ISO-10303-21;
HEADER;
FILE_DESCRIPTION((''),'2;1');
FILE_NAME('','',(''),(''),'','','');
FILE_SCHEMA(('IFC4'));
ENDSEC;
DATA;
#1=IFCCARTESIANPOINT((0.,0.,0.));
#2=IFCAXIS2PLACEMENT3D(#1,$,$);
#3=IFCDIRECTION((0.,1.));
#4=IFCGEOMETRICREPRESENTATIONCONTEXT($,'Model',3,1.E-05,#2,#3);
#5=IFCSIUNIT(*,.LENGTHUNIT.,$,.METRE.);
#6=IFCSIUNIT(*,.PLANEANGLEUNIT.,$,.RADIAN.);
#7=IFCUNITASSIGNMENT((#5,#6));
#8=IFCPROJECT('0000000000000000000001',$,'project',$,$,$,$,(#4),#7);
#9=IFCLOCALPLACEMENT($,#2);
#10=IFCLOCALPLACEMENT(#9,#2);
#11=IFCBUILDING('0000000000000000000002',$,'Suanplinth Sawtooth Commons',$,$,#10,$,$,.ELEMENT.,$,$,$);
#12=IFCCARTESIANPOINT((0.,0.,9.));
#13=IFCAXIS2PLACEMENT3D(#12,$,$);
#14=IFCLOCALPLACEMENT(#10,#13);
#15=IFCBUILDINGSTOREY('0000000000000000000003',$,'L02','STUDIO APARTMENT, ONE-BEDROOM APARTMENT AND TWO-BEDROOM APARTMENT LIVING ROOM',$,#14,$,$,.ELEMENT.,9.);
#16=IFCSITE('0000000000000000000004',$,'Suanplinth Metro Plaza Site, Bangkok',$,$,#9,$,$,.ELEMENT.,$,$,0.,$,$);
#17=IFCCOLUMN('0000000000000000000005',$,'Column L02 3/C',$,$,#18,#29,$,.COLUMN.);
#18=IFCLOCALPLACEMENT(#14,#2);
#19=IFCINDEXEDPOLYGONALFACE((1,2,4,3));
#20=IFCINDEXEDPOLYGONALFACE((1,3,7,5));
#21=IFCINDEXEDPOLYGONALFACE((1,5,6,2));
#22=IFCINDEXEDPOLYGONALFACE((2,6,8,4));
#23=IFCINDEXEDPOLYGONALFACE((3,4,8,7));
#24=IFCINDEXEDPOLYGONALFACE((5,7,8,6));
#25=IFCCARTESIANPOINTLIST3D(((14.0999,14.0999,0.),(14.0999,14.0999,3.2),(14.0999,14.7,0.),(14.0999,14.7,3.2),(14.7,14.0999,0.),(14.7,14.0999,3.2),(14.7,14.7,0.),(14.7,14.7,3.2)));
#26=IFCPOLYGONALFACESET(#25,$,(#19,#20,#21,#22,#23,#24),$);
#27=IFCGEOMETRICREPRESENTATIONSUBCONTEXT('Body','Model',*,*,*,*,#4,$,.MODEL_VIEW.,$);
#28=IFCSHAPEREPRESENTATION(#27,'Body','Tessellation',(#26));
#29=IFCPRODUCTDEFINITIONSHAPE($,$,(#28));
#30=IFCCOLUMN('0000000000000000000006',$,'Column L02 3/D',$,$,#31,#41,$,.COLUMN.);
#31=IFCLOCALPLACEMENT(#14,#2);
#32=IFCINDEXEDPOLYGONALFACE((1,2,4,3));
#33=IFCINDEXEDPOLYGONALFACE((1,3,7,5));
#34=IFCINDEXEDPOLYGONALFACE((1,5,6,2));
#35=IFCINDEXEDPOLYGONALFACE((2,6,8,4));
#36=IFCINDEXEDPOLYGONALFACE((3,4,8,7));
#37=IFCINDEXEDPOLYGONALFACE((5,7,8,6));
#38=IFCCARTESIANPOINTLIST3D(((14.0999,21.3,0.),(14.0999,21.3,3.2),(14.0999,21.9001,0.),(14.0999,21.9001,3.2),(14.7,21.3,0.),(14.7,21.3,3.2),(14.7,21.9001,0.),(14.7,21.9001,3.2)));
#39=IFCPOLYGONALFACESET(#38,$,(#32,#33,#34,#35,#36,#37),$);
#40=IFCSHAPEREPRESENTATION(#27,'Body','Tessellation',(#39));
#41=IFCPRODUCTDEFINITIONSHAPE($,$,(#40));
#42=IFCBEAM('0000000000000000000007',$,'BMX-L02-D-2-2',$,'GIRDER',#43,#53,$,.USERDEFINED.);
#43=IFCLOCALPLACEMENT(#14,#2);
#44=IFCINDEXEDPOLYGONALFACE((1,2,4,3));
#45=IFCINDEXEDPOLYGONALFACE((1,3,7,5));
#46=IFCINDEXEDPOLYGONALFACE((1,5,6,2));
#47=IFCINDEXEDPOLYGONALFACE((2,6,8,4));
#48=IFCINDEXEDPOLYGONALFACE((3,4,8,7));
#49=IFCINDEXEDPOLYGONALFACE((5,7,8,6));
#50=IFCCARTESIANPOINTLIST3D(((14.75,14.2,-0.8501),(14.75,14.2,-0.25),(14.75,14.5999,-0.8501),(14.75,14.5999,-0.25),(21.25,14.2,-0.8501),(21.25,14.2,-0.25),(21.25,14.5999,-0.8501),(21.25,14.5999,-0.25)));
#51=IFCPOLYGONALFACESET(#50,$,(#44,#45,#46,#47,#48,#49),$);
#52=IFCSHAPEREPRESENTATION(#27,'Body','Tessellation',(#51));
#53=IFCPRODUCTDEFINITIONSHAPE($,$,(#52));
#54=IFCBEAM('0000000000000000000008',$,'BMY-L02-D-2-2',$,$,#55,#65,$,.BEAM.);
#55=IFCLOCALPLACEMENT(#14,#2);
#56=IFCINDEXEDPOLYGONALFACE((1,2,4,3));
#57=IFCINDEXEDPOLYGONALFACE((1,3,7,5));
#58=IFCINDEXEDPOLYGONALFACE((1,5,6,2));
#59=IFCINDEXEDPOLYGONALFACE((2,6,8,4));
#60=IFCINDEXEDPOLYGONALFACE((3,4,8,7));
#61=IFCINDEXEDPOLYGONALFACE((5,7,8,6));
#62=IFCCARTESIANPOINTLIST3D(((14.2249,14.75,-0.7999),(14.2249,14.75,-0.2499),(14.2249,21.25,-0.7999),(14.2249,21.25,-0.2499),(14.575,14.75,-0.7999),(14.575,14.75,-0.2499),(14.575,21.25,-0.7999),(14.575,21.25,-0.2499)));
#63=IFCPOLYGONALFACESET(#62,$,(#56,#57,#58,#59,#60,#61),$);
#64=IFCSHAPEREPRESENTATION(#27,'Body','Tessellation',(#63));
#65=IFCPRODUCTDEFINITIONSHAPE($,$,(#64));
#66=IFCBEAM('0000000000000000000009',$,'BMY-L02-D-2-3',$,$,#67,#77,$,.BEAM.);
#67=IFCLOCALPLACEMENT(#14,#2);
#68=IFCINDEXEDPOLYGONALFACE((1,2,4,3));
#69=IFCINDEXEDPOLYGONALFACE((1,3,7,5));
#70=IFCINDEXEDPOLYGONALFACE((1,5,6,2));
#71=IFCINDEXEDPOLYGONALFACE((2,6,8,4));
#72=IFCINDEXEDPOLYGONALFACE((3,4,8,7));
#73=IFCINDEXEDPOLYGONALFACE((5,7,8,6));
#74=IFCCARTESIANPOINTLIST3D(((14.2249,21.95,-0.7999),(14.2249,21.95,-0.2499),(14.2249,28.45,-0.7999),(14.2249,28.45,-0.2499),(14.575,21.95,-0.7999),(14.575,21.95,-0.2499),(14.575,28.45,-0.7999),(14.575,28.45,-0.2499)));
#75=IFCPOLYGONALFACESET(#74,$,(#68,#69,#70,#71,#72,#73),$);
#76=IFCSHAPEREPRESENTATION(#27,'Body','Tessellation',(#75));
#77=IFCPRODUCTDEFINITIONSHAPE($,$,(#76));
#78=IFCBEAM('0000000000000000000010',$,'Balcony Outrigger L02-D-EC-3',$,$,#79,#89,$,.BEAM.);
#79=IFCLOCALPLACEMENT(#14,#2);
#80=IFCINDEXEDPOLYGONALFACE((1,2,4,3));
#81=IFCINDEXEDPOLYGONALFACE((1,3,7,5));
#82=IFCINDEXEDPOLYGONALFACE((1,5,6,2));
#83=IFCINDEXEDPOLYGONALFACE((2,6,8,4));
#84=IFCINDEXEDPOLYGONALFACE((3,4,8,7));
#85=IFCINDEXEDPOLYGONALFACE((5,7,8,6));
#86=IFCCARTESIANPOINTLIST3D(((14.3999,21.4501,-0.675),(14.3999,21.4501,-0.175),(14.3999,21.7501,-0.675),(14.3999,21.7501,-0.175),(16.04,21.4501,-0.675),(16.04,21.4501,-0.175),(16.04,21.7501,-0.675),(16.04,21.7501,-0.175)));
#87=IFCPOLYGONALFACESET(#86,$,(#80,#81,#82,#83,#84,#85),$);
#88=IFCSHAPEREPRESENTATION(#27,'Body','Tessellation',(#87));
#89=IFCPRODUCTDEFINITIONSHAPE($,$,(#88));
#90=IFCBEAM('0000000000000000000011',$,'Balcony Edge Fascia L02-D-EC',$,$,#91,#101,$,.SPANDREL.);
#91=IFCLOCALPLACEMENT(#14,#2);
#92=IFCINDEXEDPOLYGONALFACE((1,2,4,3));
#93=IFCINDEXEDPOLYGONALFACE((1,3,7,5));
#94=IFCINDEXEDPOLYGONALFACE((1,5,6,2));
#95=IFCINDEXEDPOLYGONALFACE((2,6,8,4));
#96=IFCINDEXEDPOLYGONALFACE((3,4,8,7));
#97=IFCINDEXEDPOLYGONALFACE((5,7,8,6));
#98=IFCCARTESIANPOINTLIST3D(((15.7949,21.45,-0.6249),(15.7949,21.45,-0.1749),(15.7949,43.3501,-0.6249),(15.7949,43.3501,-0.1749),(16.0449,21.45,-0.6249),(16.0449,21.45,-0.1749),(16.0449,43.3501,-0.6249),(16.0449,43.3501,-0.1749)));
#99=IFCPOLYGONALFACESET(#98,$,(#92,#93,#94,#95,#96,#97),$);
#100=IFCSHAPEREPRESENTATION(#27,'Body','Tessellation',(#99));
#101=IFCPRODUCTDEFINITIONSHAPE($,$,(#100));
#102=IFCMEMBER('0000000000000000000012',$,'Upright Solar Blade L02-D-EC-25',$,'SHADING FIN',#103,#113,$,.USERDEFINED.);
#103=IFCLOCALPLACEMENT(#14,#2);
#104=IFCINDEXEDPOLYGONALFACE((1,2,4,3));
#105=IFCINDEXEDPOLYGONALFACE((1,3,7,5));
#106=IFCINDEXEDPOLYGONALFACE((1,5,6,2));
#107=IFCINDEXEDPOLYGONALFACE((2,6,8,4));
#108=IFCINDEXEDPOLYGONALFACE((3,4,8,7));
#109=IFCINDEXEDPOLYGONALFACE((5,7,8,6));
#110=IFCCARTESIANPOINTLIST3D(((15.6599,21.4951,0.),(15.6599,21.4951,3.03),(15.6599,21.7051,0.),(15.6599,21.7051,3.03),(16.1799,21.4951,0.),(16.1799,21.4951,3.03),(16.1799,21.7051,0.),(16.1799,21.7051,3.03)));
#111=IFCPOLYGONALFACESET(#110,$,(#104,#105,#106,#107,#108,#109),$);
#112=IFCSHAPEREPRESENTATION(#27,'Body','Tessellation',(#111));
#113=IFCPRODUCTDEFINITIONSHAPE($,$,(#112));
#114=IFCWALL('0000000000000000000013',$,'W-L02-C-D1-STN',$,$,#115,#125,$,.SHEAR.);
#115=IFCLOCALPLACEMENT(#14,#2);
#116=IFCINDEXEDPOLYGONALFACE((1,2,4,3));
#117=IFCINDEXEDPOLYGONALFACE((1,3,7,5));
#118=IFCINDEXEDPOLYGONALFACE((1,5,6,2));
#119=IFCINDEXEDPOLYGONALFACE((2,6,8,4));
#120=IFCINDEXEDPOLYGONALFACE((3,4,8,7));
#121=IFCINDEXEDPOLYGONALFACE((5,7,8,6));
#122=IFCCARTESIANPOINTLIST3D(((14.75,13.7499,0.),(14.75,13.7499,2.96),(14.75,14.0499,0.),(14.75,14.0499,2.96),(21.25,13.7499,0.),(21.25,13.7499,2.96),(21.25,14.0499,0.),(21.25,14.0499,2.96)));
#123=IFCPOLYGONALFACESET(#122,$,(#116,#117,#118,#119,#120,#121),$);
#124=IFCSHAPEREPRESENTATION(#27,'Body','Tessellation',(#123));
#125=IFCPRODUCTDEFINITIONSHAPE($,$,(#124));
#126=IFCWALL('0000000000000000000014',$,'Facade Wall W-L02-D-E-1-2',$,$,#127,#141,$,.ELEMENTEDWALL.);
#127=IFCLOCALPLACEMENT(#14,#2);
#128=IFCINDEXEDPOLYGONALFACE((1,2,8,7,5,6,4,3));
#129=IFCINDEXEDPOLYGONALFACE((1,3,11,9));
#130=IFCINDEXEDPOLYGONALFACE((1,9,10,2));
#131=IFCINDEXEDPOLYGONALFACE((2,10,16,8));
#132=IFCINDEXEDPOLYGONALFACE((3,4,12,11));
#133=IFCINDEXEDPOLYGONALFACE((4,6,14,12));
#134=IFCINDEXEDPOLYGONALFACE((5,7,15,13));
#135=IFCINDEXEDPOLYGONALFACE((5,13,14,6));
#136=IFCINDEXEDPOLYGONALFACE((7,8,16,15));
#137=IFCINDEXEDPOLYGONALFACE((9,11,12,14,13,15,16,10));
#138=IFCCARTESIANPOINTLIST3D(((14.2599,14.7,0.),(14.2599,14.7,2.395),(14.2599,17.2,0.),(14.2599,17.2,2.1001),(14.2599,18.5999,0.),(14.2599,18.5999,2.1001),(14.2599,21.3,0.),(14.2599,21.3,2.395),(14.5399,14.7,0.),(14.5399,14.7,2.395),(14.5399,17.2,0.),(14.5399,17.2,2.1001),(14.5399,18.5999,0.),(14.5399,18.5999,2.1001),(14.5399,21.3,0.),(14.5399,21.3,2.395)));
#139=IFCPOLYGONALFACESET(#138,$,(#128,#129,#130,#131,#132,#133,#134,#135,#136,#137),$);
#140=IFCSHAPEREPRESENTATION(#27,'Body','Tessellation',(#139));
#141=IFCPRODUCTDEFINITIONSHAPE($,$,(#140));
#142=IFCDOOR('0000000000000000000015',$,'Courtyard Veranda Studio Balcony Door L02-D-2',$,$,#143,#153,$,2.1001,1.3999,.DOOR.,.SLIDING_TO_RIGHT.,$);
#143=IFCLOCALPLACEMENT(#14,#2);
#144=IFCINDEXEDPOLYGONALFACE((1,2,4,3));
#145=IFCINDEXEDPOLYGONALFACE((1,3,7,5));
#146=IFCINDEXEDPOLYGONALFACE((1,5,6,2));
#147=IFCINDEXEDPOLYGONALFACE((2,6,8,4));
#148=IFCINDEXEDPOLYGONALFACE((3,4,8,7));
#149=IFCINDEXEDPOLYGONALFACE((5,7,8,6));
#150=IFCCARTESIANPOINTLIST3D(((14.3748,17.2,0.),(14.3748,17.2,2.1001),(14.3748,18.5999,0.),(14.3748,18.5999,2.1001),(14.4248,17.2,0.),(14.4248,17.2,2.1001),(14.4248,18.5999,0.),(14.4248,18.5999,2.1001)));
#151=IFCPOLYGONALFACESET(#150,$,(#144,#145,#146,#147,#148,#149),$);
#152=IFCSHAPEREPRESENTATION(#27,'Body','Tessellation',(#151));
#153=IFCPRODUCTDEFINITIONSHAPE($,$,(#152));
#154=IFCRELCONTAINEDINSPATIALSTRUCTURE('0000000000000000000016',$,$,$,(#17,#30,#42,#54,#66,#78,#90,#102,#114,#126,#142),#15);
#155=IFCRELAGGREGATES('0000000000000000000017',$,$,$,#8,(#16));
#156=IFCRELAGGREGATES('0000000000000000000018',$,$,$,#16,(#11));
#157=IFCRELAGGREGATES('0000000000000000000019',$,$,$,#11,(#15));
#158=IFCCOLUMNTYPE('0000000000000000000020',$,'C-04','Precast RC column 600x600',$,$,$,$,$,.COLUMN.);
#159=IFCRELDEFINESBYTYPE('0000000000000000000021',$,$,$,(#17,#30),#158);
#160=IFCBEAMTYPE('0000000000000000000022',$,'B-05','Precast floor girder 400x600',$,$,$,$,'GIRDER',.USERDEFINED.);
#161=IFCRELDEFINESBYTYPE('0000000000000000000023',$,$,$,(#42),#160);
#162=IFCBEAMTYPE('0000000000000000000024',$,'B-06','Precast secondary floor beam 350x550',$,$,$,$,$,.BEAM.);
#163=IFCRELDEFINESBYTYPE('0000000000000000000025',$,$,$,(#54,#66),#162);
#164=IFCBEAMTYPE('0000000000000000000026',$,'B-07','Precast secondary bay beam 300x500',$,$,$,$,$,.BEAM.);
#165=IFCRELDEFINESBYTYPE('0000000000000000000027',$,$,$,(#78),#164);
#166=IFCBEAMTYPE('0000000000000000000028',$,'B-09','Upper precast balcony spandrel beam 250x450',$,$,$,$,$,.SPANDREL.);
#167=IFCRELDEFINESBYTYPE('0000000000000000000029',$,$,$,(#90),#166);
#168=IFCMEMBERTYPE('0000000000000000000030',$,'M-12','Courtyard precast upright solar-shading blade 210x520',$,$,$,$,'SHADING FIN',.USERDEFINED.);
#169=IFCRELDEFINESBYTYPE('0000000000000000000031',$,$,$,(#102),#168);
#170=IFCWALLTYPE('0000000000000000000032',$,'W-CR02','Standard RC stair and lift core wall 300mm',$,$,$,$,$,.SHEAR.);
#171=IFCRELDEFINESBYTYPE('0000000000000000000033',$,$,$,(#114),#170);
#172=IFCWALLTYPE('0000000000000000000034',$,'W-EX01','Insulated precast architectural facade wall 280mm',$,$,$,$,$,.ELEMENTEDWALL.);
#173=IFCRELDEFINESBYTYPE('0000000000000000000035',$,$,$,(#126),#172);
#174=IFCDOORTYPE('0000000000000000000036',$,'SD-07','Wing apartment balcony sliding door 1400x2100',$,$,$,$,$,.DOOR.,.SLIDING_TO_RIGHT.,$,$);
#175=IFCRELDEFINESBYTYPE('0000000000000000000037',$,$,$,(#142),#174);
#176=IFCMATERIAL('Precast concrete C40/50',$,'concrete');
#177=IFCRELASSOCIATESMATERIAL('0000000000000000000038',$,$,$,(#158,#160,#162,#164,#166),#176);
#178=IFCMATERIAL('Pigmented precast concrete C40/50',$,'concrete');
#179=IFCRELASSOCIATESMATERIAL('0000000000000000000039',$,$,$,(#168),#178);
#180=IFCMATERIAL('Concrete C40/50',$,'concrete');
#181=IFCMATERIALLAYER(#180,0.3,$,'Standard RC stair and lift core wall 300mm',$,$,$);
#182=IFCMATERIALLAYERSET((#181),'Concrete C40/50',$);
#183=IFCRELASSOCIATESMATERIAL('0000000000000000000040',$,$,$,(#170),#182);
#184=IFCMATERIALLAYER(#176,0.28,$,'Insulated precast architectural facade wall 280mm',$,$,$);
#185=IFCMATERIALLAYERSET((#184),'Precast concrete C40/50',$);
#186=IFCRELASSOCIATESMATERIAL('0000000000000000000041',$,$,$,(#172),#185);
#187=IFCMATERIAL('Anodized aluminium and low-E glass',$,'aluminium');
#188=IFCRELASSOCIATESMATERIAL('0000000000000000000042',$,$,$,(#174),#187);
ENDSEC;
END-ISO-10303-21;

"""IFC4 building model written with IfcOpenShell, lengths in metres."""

from ifc_helpers import new_model, si_unit, direction, frame, frame_2d, origin, origin_2d, place, context, subcontext, project, spatial, rectangle, extrude, material, layer, layer_set, material_profile, profile_set, type_object, element, fill, save


model = new_model("IFC4")

# Units and contexts
model_context = context("Model", 3, precision=1e-05, world=origin(), true_north=direction((0.0, 1.0)))
body_context = subcontext(model_context, "Body", "Model", "MODEL_VIEW")
ifc_project = project(units=[si_unit("LENGTHUNIT", "METRE"), si_unit("PLANEANGLEUNIT", "RADIAN")], contexts=[model_context])

# Site, building, storey
site_placement = place(None, origin())
site = spatial("IfcSite", under=ifc_project, at=site_placement, Name="Suanplinth Metro Plaza Site, Bangkok", CompositionType="ELEMENT", RefElevation=0.0)
building_placement = place(site_placement, origin())
building = spatial("IfcBuilding", under=site, at=building_placement, Name="Suanplinth Sawtooth Commons", CompositionType="ELEMENT")
storey_placement = place(building_placement, frame((0.0, 0.0, 9.0)))
storey = spatial("IfcBuildingStorey", under=building, at=storey_placement, Name="L02", Description="STUDIO APARTMENT, ONE-BEDROOM APARTMENT AND TWO-BEDROOM APARTMENT LIVING ROOM", CompositionType="ELEMENT", Elevation=9.0)

# Columns
ifc_material_1 = material(Name="Precast concrete C40/50", Category="concrete")
ifc_material_profile_1 = material_profile(ifc_material_1, rectangle(XDim=0.6001, YDim=0.6001, at=origin_2d()), Name="PC-COL 600x600")
ifc_profile_set_1 = profile_set([ifc_material_profile_1], Name="Precast concrete C40/50")
column_type = type_object("IfcColumnType", Name="C-04", Description="Precast RC column 600x600", PredefinedType="COLUMN", material=ifc_profile_set_1)
for number, where, z_axis, x_axis, name in (
    (1, (14.3999, 14.3999, 0.0), (0.0, 0.0, 1.0), (1.0, 0.0, 0.0), "Column L02 3/C"),
    (2, (14.3999, 21.6001, 0.0), (0.0, 0.0, 1.0), (1.0, 0.0, 0.0), "Column L02 3/D"),
):
    element("IfcColumn", number, at=place(storey_placement, frame(where, z_axis=z_axis, x_axis=x_axis)), inside=storey, type_object=column_type, Name=name, PredefinedType="COLUMN", context=body_context, shape_type="SweptSolid", body=[
        extrude(rectangle(XDim=0.6001, YDim=0.6001, at=origin_2d()), origin(), (0.0, 0.0, 1.0), 3.2),
    ])

# Beams
ifc_material_profile_2 = material_profile(ifc_material_1, rectangle(XDim=0.3999, YDim=0.6001, at=origin_2d()), Name="PC-GDR 400x600")
ifc_profile_set_2 = profile_set([ifc_material_profile_2], Name="Precast concrete C40/50")
beam_type_1 = type_object("IfcBeamType", Name="B-05", Description="Precast floor girder 400x600", ElementType="GIRDER", PredefinedType="USERDEFINED", material=ifc_profile_set_2)
beam_1_placement = place(storey_placement, frame((14.75, 14.3999, -0.55), z_axis=(1.0, 0.0, 0.0), x_axis=(0.0, 1.0, 0.0)))
element("IfcBeam", 3, at=beam_1_placement, inside=storey, type_object=beam_type_1, Name="BMX-L02-D-2-2", ObjectType="GIRDER", PredefinedType="USERDEFINED", context=body_context, shape_type="SweptSolid", body=[
    extrude(rectangle(XDim=0.3999, YDim=0.6001, at=origin_2d()), origin(), (0.0, 0.0, 1.0), 6.5),
])
ifc_material_profile_3 = material_profile(ifc_material_1, rectangle(XDim=0.3501, YDim=0.55, at=origin_2d()), Name="PC-BM 350x550")
ifc_profile_set_3 = profile_set([ifc_material_profile_3], Name="Precast concrete C40/50")
beam_type_2 = type_object("IfcBeamType", Name="B-06", Description="Precast secondary floor beam 350x550", PredefinedType="BEAM", material=ifc_profile_set_3)
for number, where, z_axis, x_axis, name in (
    (4, (14.3999, 14.75, -0.5249), (0.0, 1.0, 0.0), (-1.0, 0.0, 0.0), "BMY-L02-D-2-2"),
    (5, (14.3999, 21.95, -0.5249), (0.0, 1.0, 0.0), (-1.0, 0.0, 0.0), "BMY-L02-D-2-3"),
):
    element("IfcBeam", number, at=place(storey_placement, frame(where, z_axis=z_axis, x_axis=x_axis)), inside=storey, type_object=beam_type_2, Name=name, PredefinedType="BEAM", context=body_context, shape_type="SweptSolid", body=[
        extrude(rectangle(XDim=0.3501, YDim=0.55, at=origin_2d()), origin(), (0.0, 0.0, 1.0), 6.5),
    ])
ifc_material_profile_4 = material_profile(ifc_material_1, rectangle(XDim=0.3, YDim=0.5, at=origin_2d()), Name="PC-BM 300x500")
ifc_profile_set_4 = profile_set([ifc_material_profile_4], Name="Precast concrete C40/50")
beam_type_3 = type_object("IfcBeamType", Name="B-07", Description="Precast secondary bay beam 300x500", PredefinedType="BEAM", material=ifc_profile_set_4)
beam_2_placement = place(storey_placement, frame((14.3999, 21.6001, -0.425), z_axis=(1.0, 0.0, 0.0), x_axis=(0.0, 1.0, 0.0)))
element("IfcBeam", 6, at=beam_2_placement, inside=storey, type_object=beam_type_3, Name="Balcony Outrigger L02-D-EC-3", PredefinedType="BEAM", context=body_context, shape_type="SweptSolid", body=[
    extrude(rectangle(XDim=0.3, YDim=0.5, at=origin_2d()), origin(), (0.0, 0.0, 1.0), 1.6401),
])
ifc_material_profile_5 = material_profile(ifc_material_1, rectangle(XDim=0.25, YDim=0.45, at=origin_2d()), Name="PC-SP 250x450")
ifc_profile_set_5 = profile_set([ifc_material_profile_5], Name="Precast concrete C40/50")
beam_type_4 = type_object("IfcBeamType", Name="B-09", Description="Upper precast balcony spandrel beam 250x450", PredefinedType="SPANDREL", material=ifc_profile_set_5)
beam_3_placement = place(storey_placement, frame((15.9199, 21.45, -0.3999), z_axis=(0.0, 1.0, 0.0), x_axis=(-1.0, 0.0, 0.0)))
element("IfcBeam", 7, at=beam_3_placement, inside=storey, type_object=beam_type_4, Name="Balcony Edge Fascia L02-D-EC", PredefinedType="SPANDREL", context=body_context, shape_type="SweptSolid", body=[
    extrude(rectangle(XDim=0.25, YDim=0.45, at=origin_2d()), origin(), (0.0, 0.0, 1.0), 21.9001),
])

# Member
ifc_material_2 = material(Name="Pigmented precast concrete C40/50", Category="concrete")
ifc_material_profile_6 = material_profile(ifc_material_2, rectangle(XDim=0.21, YDim=0.52, at=origin_2d()), Name="PC-FIN 210x520")
ifc_profile_set_6 = profile_set([ifc_material_profile_6], Name="Pigmented precast concrete C40/50")
member_type = type_object("IfcMemberType", Name="M-12", Description="Courtyard precast upright solar-shading blade 210x520", ElementType="SHADING FIN", PredefinedType="USERDEFINED", material=ifc_profile_set_6)
member_placement = place(storey_placement, frame((15.9199, 21.6001, 0.0), z_axis=(0.0, 0.0, 1.0), x_axis=(0.0, 1.0, 0.0)))
element("IfcMember", 8, at=member_placement, inside=storey, type_object=member_type, Name="Upright Solar Blade L02-D-EC-25", ObjectType="SHADING FIN", PredefinedType="USERDEFINED", context=body_context, shape_type="SweptSolid", body=[
    extrude(rectangle(XDim=0.21, YDim=0.52, at=origin_2d()), origin(), (0.0, 0.0, 1.0), 3.03),
])

# Wall
ifc_material_3 = material(Name="Concrete C40/50", Category="concrete")
ifc_layer_1 = layer(ifc_material_3, 0.3, Name="Standard RC stair and lift core wall 300mm")
ifc_layer_set_1 = layer_set([ifc_layer_1], Name="Concrete C40/50")
wall_type_1 = type_object("IfcWallType", Name="W-CR02", Description="Standard RC stair and lift core wall 300mm", PredefinedType="SHEAR", material=ifc_layer_set_1)
wall_1_placement = place(storey_placement, frame((14.75, 13.8999, 0.0), z_axis=(0.0, 0.0, 1.0), x_axis=(1.0, 0.0, 0.0)))
element("IfcWall", 9, at=wall_1_placement, inside=storey, type_object=wall_type_1, Name="W-L02-C-D1-STN", PredefinedType="SHEAR", context=body_context, shape_type="SweptSolid", body=[
    extrude(rectangle(XDim=6.5, YDim=0.3, at=frame_2d((3.25, 0.0))), origin(), (0.0, 0.0, 1.0), 2.96),
])

# Wall, opening, door
ifc_layer_2 = layer(ifc_material_1, 0.28, Name="Insulated precast architectural facade wall 280mm")
ifc_layer_set_2 = layer_set([ifc_layer_2], Name="Precast concrete C40/50")
wall_type_2 = type_object("IfcWallType", Name="W-EX01", Description="Insulated precast architectural facade wall 280mm", PredefinedType="ELEMENTEDWALL", material=ifc_layer_set_2)
wall_2_placement = place(storey_placement, frame((14.3999, 14.7, 0.0), z_axis=(0.0, 0.0, 1.0), x_axis=(0.0, 1.0, 0.0)))
wall_2 = element("IfcWall", 10, at=wall_2_placement, inside=storey, type_object=wall_type_2, Name="Facade Wall W-L02-D-E-1-2", PredefinedType="ELEMENTEDWALL", context=body_context, shape_type="SweptSolid", body=[
    extrude(rectangle(XDim=6.6001, YDim=0.28, at=frame_2d((3.3, 0.0))), origin(), (0.0, 0.0, 1.0), 2.395),
])
opening_1_placement = place(wall_2_placement, frame((2.5, 0.0, 0.0)))
opening_1 = element("IfcOpeningElement", 11, at=opening_1_placement, cuts=wall_2, PredefinedType="OPENING", context=body_context, shape_type="SweptSolid", body=[
    extrude(rectangle(XDim=1.3999, YDim=2.1001, at=frame_2d((0.7, 1.05))), frame((0.0, 0.1548, 0.0), z_axis=(0.0, -1.0, 0.0), x_axis=(1.0, 0.0, 0.0)), (0.0, 0.0, 1.0), 0.3098),
])
ifc_material_4 = material(Name="Anodized aluminium and low-E glass", Category="aluminium")
door_type_1 = type_object("IfcDoorType", Name="SD-07", Description="Wing apartment balcony sliding door 1400x2100", OperationType="SLIDING_TO_RIGHT", PredefinedType="DOOR", material=ifc_material_4)
door_1_placement = place(opening_1_placement, frame((1.3999, 0.0, 0.0), z_axis=(0.0, 0.0, 1.0), x_axis=(-1.0, 0.0, 0.0)))
door_1 = element("IfcDoor", 12, at=door_1_placement, inside=storey, type_object=door_type_1, Name="Courtyard Veranda Studio Balcony Door L02-D-2", OperationType="SLIDING_TO_RIGHT", OverallHeight=2.1001, OverallWidth=1.3999, PredefinedType="DOOR", context=body_context, shape_type="SweptSolid", body=[
    extrude(rectangle(XDim=1.3999, YDim=2.1001, at=frame_2d((0.7, 1.05))), frame((0.0, 0.0249, 0.0), z_axis=(0.0, -1.0, 0.0), x_axis=(1.0, 0.0, 0.0)), (0.0, 0.0, 1.0), 0.05),
])
fill(opening_1, door_1)

save(model, "model.ifc")
